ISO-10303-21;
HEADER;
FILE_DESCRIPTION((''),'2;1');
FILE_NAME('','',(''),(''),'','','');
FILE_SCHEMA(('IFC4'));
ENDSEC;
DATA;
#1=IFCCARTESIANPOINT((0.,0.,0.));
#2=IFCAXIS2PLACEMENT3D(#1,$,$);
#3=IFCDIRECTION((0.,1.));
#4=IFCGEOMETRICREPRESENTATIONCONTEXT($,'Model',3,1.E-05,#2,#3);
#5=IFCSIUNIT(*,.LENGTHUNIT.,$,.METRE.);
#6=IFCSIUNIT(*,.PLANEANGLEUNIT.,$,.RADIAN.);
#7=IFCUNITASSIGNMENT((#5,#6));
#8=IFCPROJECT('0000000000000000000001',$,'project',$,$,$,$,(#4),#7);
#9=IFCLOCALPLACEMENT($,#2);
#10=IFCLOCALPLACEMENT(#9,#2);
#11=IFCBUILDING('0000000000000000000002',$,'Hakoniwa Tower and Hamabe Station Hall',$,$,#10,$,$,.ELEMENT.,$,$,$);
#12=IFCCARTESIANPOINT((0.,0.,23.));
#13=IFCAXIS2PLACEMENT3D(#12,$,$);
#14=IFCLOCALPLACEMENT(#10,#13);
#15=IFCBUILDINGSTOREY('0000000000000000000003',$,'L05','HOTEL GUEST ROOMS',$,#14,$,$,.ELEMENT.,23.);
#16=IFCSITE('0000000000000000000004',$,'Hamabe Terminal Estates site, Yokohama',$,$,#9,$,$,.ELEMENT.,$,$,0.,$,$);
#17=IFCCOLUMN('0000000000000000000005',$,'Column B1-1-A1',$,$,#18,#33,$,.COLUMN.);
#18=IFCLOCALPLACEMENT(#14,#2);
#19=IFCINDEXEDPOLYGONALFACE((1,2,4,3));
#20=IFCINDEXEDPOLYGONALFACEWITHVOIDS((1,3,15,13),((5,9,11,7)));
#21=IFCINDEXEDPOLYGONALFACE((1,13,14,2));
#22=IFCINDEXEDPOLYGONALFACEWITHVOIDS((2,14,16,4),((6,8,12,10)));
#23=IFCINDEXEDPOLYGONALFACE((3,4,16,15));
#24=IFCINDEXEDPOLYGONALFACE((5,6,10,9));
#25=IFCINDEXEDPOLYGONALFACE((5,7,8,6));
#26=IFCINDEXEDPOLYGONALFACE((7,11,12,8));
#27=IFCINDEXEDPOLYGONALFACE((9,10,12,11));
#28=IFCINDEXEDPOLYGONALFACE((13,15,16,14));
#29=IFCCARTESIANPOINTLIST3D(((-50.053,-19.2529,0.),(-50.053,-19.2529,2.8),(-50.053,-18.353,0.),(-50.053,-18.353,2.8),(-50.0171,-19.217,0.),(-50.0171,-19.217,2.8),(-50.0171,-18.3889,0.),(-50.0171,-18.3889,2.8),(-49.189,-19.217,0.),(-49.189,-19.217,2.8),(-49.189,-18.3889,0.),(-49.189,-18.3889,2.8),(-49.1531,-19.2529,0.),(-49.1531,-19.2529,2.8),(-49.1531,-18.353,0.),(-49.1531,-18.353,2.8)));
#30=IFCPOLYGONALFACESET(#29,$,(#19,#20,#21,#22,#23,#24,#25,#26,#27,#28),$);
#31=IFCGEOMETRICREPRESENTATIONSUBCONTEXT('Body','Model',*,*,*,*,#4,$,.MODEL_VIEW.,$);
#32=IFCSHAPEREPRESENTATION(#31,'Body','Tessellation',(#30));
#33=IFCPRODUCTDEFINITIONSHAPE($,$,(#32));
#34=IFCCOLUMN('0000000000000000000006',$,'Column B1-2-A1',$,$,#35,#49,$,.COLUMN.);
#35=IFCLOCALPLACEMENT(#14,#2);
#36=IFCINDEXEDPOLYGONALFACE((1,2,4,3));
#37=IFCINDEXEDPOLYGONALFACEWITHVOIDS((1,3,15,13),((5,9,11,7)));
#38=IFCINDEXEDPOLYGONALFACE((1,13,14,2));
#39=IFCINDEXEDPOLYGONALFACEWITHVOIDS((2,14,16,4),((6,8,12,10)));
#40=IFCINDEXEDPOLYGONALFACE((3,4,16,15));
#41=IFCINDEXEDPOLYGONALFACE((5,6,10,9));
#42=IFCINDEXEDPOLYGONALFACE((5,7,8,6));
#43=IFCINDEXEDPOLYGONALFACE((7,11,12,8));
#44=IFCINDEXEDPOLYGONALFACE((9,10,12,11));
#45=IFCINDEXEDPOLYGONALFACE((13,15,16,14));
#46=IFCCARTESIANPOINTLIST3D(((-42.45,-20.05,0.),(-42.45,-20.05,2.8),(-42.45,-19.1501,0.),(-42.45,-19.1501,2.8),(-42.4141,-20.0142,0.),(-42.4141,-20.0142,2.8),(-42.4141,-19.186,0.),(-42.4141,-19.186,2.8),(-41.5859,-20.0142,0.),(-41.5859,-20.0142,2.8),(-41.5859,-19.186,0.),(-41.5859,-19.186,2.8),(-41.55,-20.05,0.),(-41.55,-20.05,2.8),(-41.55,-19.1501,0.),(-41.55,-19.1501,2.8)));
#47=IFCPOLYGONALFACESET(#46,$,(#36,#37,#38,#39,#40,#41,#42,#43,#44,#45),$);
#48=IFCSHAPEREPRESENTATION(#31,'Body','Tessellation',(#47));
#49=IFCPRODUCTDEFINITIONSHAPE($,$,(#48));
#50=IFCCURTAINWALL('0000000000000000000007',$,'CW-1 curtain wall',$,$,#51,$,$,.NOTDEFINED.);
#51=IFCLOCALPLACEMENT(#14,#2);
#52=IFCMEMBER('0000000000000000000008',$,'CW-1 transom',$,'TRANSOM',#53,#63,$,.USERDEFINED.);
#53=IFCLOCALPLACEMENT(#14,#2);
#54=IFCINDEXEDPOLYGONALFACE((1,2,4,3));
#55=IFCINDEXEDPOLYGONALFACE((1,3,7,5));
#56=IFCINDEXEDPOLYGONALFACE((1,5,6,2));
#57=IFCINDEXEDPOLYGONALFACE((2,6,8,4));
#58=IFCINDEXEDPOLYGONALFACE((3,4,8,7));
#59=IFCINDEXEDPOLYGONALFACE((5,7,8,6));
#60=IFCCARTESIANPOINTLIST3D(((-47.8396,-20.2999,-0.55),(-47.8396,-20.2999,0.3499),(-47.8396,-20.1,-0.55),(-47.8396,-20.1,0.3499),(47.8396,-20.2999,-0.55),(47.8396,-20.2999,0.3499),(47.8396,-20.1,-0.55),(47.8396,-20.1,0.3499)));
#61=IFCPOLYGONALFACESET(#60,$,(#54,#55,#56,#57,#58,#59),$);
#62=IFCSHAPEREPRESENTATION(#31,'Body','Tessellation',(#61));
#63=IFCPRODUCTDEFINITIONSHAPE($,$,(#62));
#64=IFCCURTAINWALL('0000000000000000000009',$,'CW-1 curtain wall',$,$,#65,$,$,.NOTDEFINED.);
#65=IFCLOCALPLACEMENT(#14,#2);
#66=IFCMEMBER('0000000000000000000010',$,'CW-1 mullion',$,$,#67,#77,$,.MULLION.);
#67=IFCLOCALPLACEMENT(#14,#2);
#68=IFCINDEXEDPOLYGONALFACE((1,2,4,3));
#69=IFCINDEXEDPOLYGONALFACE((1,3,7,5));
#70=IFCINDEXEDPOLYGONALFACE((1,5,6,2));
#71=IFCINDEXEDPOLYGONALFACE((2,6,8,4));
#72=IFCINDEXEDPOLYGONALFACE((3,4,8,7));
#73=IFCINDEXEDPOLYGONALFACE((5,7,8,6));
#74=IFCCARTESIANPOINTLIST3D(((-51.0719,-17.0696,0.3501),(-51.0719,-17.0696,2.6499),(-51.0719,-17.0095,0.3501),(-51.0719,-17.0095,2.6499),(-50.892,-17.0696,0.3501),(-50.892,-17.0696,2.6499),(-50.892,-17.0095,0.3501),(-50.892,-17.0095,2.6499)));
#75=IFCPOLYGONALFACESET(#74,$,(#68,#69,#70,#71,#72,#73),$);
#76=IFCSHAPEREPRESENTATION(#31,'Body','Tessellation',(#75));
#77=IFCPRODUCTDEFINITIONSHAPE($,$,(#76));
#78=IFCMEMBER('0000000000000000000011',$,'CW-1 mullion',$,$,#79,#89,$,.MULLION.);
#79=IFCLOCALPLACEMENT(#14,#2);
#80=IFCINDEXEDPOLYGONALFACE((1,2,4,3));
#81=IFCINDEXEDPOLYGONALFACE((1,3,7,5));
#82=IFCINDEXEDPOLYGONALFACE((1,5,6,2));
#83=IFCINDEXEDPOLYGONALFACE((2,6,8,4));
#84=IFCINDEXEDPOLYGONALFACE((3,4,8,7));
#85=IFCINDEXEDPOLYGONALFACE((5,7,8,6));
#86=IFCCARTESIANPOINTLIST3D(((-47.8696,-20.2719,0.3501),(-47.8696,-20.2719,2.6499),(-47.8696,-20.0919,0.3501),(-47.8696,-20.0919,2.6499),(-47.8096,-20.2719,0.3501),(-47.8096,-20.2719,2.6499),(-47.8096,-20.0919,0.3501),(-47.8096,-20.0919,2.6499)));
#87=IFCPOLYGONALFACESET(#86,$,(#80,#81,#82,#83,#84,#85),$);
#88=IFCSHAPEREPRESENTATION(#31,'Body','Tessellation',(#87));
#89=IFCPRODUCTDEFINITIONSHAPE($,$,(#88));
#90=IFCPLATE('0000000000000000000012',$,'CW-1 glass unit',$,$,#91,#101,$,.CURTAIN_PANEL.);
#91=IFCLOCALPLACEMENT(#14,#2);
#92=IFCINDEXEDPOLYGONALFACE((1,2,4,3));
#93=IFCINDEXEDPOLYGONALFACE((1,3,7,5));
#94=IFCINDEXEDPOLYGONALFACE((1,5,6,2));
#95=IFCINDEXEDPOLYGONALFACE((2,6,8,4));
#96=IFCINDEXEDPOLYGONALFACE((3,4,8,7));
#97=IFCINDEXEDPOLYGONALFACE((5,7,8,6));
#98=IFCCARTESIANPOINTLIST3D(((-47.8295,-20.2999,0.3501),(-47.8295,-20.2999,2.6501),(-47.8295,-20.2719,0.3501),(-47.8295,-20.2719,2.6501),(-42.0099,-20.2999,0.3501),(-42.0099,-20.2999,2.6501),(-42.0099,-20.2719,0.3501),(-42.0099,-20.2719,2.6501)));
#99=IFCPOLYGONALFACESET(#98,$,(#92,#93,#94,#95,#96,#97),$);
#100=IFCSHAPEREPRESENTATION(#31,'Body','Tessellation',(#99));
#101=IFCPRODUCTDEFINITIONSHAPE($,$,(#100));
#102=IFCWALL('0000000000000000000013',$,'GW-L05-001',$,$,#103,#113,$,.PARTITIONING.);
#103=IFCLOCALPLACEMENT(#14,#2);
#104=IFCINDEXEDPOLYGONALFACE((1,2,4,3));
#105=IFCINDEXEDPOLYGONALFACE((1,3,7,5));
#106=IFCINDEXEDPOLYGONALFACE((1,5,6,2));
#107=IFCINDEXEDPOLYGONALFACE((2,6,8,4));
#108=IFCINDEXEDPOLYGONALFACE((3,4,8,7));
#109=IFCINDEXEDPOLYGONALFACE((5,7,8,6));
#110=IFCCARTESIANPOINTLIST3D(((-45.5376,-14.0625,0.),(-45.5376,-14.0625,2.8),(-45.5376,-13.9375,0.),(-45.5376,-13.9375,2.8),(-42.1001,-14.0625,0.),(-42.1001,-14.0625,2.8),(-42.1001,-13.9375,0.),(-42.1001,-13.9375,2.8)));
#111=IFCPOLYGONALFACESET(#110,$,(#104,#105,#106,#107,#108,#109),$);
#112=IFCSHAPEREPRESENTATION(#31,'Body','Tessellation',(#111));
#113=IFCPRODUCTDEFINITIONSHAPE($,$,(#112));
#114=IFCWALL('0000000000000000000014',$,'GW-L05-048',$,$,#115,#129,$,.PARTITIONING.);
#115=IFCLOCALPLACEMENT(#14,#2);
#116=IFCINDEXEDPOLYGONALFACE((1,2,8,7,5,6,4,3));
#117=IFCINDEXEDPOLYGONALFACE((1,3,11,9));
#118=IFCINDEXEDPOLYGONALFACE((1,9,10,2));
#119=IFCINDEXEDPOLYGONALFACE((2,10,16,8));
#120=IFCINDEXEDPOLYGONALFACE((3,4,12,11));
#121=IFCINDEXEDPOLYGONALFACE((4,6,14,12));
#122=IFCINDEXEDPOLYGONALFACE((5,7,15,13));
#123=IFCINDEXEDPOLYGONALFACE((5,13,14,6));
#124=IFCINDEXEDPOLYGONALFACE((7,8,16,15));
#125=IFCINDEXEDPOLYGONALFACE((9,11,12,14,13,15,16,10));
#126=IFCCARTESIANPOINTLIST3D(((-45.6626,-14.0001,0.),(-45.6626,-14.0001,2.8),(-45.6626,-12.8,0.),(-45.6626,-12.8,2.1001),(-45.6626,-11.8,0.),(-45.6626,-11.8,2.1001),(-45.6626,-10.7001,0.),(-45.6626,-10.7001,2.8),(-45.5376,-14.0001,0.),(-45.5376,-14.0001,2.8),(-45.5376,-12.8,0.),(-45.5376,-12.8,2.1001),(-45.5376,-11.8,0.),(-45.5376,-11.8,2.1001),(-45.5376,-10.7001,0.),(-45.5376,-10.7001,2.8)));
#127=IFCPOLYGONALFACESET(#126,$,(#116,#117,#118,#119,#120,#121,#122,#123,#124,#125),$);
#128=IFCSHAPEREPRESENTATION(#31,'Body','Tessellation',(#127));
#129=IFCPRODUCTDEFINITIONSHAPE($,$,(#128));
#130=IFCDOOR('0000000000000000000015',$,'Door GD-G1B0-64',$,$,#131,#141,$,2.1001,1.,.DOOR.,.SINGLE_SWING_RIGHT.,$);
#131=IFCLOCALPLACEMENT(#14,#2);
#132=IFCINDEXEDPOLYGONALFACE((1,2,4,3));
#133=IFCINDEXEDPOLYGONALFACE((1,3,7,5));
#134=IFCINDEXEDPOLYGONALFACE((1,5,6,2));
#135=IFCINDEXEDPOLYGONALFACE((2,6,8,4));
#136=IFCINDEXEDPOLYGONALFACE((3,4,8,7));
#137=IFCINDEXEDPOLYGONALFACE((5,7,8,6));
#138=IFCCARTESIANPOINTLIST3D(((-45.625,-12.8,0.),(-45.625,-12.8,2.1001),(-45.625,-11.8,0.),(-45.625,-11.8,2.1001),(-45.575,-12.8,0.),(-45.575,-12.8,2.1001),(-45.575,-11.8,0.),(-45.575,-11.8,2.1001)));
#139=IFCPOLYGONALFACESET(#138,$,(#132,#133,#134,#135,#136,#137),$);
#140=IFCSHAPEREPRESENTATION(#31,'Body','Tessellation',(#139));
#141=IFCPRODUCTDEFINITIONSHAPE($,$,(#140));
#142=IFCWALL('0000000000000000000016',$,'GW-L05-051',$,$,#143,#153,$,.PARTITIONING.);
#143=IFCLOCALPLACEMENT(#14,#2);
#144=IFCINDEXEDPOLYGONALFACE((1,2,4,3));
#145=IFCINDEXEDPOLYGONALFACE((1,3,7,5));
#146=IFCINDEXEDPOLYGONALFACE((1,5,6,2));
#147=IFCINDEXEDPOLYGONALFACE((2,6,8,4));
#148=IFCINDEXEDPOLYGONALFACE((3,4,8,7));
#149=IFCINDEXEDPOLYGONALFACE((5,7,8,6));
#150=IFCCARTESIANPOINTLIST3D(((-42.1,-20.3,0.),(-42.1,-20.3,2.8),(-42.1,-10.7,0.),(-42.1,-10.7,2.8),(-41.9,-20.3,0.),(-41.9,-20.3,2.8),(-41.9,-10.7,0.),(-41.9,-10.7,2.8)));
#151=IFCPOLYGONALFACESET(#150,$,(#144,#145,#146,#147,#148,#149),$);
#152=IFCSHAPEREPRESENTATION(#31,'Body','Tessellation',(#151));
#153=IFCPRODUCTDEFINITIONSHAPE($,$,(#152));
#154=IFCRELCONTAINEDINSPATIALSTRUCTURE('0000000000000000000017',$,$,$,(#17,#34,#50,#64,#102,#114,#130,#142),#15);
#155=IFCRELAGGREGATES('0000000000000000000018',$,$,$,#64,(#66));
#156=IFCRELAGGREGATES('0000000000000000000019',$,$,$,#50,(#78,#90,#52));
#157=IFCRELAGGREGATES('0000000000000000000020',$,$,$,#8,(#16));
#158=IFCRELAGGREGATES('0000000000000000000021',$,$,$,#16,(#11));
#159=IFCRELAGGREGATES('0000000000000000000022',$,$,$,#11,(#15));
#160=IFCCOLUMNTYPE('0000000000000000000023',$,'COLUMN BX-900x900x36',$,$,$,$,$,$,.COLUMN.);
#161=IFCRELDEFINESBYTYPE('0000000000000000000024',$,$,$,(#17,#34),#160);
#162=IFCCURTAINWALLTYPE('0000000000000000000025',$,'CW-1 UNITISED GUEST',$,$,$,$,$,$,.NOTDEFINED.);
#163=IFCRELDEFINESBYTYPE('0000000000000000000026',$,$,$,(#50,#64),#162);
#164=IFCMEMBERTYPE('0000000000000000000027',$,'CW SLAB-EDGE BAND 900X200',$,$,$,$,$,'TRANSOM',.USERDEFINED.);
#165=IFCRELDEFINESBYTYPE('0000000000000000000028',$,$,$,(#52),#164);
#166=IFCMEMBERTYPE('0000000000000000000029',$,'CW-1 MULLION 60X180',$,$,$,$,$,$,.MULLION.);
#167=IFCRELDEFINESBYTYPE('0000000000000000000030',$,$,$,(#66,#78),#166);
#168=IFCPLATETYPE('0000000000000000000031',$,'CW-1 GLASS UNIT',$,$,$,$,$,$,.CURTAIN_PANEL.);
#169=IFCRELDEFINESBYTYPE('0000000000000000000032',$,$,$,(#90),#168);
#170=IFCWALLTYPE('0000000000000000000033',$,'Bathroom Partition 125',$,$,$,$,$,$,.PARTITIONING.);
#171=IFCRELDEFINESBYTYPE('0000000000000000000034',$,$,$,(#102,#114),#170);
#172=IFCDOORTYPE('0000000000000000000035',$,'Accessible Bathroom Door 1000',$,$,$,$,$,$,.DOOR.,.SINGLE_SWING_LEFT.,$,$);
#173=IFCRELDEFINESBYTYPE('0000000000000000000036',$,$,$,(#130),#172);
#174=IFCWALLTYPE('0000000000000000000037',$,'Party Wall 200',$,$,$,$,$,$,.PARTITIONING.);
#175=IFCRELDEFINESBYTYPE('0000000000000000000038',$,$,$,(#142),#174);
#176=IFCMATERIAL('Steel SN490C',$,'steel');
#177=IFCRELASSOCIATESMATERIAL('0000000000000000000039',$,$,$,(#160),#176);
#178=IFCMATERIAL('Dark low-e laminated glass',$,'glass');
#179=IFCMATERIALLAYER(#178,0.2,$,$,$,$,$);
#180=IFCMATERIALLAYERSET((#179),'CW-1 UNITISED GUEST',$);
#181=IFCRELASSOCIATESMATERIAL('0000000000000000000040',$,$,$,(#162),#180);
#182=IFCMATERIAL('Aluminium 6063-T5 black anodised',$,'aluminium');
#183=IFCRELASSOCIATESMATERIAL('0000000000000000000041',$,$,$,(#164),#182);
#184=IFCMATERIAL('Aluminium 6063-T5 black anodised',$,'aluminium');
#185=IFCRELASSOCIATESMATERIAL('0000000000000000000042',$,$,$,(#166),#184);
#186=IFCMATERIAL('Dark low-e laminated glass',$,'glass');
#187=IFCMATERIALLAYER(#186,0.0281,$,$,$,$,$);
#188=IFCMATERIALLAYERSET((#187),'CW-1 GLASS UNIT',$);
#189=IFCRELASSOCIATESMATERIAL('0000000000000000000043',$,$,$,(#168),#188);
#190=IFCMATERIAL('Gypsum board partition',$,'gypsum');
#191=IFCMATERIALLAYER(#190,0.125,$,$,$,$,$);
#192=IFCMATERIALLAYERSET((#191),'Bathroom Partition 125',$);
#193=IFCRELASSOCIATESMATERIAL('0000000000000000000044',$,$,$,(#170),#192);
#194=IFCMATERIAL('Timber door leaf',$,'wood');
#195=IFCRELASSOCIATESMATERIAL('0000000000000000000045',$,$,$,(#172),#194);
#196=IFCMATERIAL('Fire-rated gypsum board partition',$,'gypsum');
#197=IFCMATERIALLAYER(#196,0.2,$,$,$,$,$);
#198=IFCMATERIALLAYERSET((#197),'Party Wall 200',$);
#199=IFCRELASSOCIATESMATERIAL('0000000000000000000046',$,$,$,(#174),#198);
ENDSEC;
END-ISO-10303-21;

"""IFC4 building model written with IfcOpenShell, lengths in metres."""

from ifc_helpers import new_model, si_unit, direction, frame, frame_2d, origin, origin_2d, place, context, subcontext, project, spatial, rectangle, hollow_rectangle, extrude, material, layer, layer_set, material_profile, profile_set, type_object, element, fill, aggregate, save


model = new_model("IFC4")

# Units and contexts
model_context = context("Model", 3, precision=1e-05, world=origin(), true_north=direction((0.0, 1.0)))
body_context = subcontext(model_context, "Body", "Model", "MODEL_VIEW")
ifc_project = project(units=[si_unit("LENGTHUNIT", "METRE"), si_unit("PLANEANGLEUNIT", "RADIAN")], contexts=[model_context])

# Site, building, storey
site_placement = place(None, origin())
site = spatial("IfcSite", under=ifc_project, at=site_placement, Name="Hamabe Terminal Estates site, Yokohama", CompositionType="ELEMENT", RefElevation=0.0)
building_placement = place(site_placement, origin())
building = spatial("IfcBuilding", under=site, at=building_placement, Name="Hakoniwa Tower and Hamabe Station Hall", CompositionType="ELEMENT")
storey_placement = place(building_placement, frame((0.0, 0.0, 23.0)))
storey = spatial("IfcBuildingStorey", under=building, at=storey_placement, Name="L05", Description="HOTEL GUEST ROOMS", CompositionType="ELEMENT", Elevation=23.0)

# Columns
ifc_material_1 = material(Name="Steel SN490C", Category="steel")
ifc_material_profile_1 = material_profile(ifc_material_1, hollow_rectangle(XDim=0.8999, YDim=0.8999, WallThickness=0.0359, at=origin_2d()), Name="BX-900x900x36")
ifc_profile_set_1 = profile_set([ifc_material_profile_1], Name="Steel SN490C")
column_type = type_object("IfcColumnType", Name="COLUMN BX-900x900x36", PredefinedType="COLUMN", material=ifc_profile_set_1)
for number, where, z_axis, x_axis, name in (
    (1, (-49.603, -18.803, 0.0), (0.0, 0.0, 1.0), (1.0, 0.0, 0.0), "Column B1-1-A1"),
    (2, (-42.0, -19.6001, 0.0), (0.0, 0.0, 1.0), (1.0, 0.0, 0.0), "Column B1-2-A1"),
):
    element("IfcColumn", number, at=place(storey_placement, frame(where, z_axis=z_axis, x_axis=x_axis)), inside=storey, type_object=column_type, Name=name, PredefinedType="COLUMN", context=body_context, shape_type="SweptSolid", body=[
        extrude(hollow_rectangle(XDim=0.8999, YDim=0.8999, WallThickness=0.0359, at=origin_2d()), origin(), (0.0, 0.0, 1.0), 2.8),
    ])

# Curtain walls, members
ifc_material_2 = material(Name="Dark low-e laminated glass", Category="glass")
ifc_layer_1 = layer(ifc_material_2, 0.2)
ifc_layer_set_1 = layer_set([ifc_layer_1], Name="CW-1 UNITISED GUEST")
curtain_wall_type = type_object("IfcCurtainWallType", Name="CW-1 UNITISED GUEST", PredefinedType="NOTDEFINED", material=ifc_layer_set_1)
curtain_wall_1_placement = place(storey_placement, origin())
curtain_wall_1 = element("IfcCurtainWall", 3, at=curtain_wall_1_placement, inside=storey, type_object=curtain_wall_type, Name="CW-1 curtain wall", PredefinedType="NOTDEFINED")
ifc_material_3 = material(Name="Aluminium 6063-T5 black anodised", Category="aluminium")
ifc_material_profile_2 = material_profile(ifc_material_3, rectangle(XDim=0.2, YDim=0.8999, at=origin_2d()), Name="CW SLAB-EDGE BAND 900X200")
ifc_profile_set_2 = profile_set([ifc_material_profile_2], Name="Aluminium 6063-T5 black anodised")
member_type_1 = type_object("IfcMemberType", Name="CW SLAB-EDGE BAND 900X200", ElementType="TRANSOM", PredefinedType="USERDEFINED", material=ifc_profile_set_2)
member_1_placement = place(storey_placement, frame((-47.8396, -20.2, -0.1001), z_axis=(1.0, 0.0, 0.0), x_axis=(0.0, 1.0, 0.0)))
member_1 = element("IfcMember", 4, at=member_1_placement, type_object=member_type_1, Name="CW-1 transom", ObjectType="TRANSOM", PredefinedType="USERDEFINED", context=body_context, shape_type="SweptSolid", body=[
    extrude(rectangle(XDim=0.2, YDim=0.8999, at=origin_2d()), origin(), (0.0, 0.0, 1.0), 95.6792),
])
curtain_wall_2_placement = place(storey_placement, origin())
curtain_wall_2 = element("IfcCurtainWall", 5, at=curtain_wall_2_placement, inside=storey, type_object=curtain_wall_type, Name="CW-1 curtain wall", PredefinedType="NOTDEFINED")
ifc_material_4 = material(Name="Aluminium 6063-T5 black anodised", Category="aluminium")
ifc_material_profile_3 = material_profile(ifc_material_4, rectangle(XDim=0.0601, YDim=0.1799, at=origin_2d()), Name="CW-1 MULLION 60X180")
ifc_profile_set_3 = profile_set([ifc_material_profile_3], Name="Aluminium 6063-T5 black anodised")
member_type_2 = type_object("IfcMemberType", Name="CW-1 MULLION 60X180", PredefinedType="MULLION", material=ifc_profile_set_3)
member_2_placement = place(storey_placement, frame((-50.9819, -17.0396, 0.3501), z_axis=(0.0, 0.0, 1.0), x_axis=(0.0, -1.0, 0.0)))
member_2 = element("IfcMember", 6, at=member_2_placement, type_object=member_type_2, Name="CW-1 mullion", PredefinedType="MULLION", context=body_context, shape_type="SweptSolid", body=[
    extrude(rectangle(XDim=0.0601, YDim=0.1799, at=origin_2d()), origin(), (0.0, 0.0, 1.0), 2.2998),
])
aggregate(curtain_wall_2, [member_2])

# Member
member_3_placement = place(storey_placement, frame((-47.8396, -20.1819, 0.3501), z_axis=(0.0, 0.0, 1.0), x_axis=(1.0, 0.0, 0.0)))
member_3 = element("IfcMember", 7, at=member_3_placement, type_object=member_type_2, Name="CW-1 mullion", PredefinedType="MULLION", context=body_context, shape_type="SweptSolid", body=[
    extrude(rectangle(XDim=0.0601, YDim=0.1799, at=origin_2d()), origin(), (0.0, 0.0, 1.0), 2.2998),
])

# Plate
ifc_material_5 = material(Name="Dark low-e laminated glass", Category="glass")
ifc_layer_2 = layer(ifc_material_5, 0.0281)
ifc_layer_set_2 = layer_set([ifc_layer_2], Name="CW-1 GLASS UNIT")
plate_type = type_object("IfcPlateType", Name="CW-1 GLASS UNIT", PredefinedType="CURTAIN_PANEL", material=ifc_layer_set_2)
plate_placement = place(storey_placement, frame((-44.9197, -20.2859, 0.3501), z_axis=(0.0, 0.0, 1.0), x_axis=(1.0, 0.0, 0.0)))
plate = element("IfcPlate", 8, at=plate_placement, type_object=plate_type, Name="CW-1 glass unit", PredefinedType="CURTAIN_PANEL", context=body_context, shape_type="SweptSolid", body=[
    extrude(rectangle(XDim=5.8196, YDim=0.0281, at=origin_2d()), origin(), (0.0, 0.0, 1.0), 2.3),
])
aggregate(curtain_wall_1, [member_3, plate, member_1])

# Wall
ifc_material_6 = material(Name="Gypsum board partition", Category="gypsum")
ifc_layer_3 = layer(ifc_material_6, 0.125)
ifc_layer_set_3 = layer_set([ifc_layer_3], Name="Bathroom Partition 125")
wall_type_1 = type_object("IfcWallType", Name="Bathroom Partition 125", PredefinedType="PARTITIONING", material=ifc_layer_set_3)
wall_1_placement = place(storey_placement, frame((-45.5376, -14.0, 0.0), z_axis=(0.0, 0.0, 1.0), x_axis=(1.0, 0.0, 0.0)))
element("IfcWall", 9, at=wall_1_placement, inside=storey, type_object=wall_type_1, Name="GW-L05-001", PredefinedType="PARTITIONING", context=body_context, shape_type="SweptSolid", body=[
    extrude(rectangle(XDim=3.4375, YDim=0.125, at=frame_2d((1.7188, 0.0))), origin(), (0.0, 0.0, 1.0), 2.8),
])

# Wall, opening, door
wall_2_placement = place(storey_placement, frame((-45.6001, -14.0, 0.0), z_axis=(0.0, 0.0, 1.0), x_axis=(0.0, 1.0, 0.0)))
wall_2 = element("IfcWall", 10, at=wall_2_placement, inside=storey, type_object=wall_type_1, Name="GW-L05-048", PredefinedType="PARTITIONING", context=body_context, shape_type="SweptSolid", body=[
    extrude(rectangle(XDim=3.3, YDim=0.125, at=frame_2d((1.6499, 0.0))), origin(), (0.0, 0.0, 1.0), 2.8),
])
opening_placement = place(wall_2_placement, frame((1.2, 0.0, 0.0)))
opening = element("IfcOpeningElement", 11, at=opening_placement, cuts=wall_2, PredefinedType="OPENING", context=body_context, shape_type="SweptSolid", body=[
    extrude(rectangle(XDim=1.0, YDim=2.1001, at=frame_2d((0.5, 1.05))), frame((0.0, 0.0725, 0.0), z_axis=(0.0, -1.0, 0.0), x_axis=(1.0, 0.0, 0.0)), (0.0, 0.0, 1.0), 0.145),
])
ifc_material_7 = material(Name="Timber door leaf", Category="wood")
door_type = type_object("IfcDoorType", Name="Accessible Bathroom Door 1000", OperationType="SINGLE_SWING_LEFT", PredefinedType="DOOR", material=ifc_material_7)
door_placement = place(opening_placement, origin())
door = element("IfcDoor", 12, at=door_placement, inside=storey, type_object=door_type, Name="Door GD-G1B0-64", OperationType="SINGLE_SWING_RIGHT", OverallHeight=2.1001, OverallWidth=1.0, PredefinedType="DOOR", context=body_context, shape_type="SweptSolid", body=[
    extrude(rectangle(XDim=1.0, YDim=2.1001, at=frame_2d((0.5, 1.05))), frame((0.0, 0.0249, 0.0), z_axis=(0.0, -1.0, 0.0), x_axis=(1.0, 0.0, 0.0)), (0.0, 0.0, 1.0), 0.05),
])
fill(opening, door)

# Wall
ifc_material_8 = material(Name="Fire-rated gypsum board partition", Category="gypsum")
ifc_layer_4 = layer(ifc_material_8, 0.2)
ifc_layer_set_4 = layer_set([ifc_layer_4], Name="Party Wall 200")
wall_type_2 = type_object("IfcWallType", Name="Party Wall 200", PredefinedType="PARTITIONING", material=ifc_layer_set_4)
wall_3_placement = place(storey_placement, frame((-42.0, -20.3, 0.0), z_axis=(0.0, 0.0, 1.0), x_axis=(0.0, 1.0, 0.0)))
element("IfcWall", 13, at=wall_3_placement, inside=storey, type_object=wall_type_2, Name="GW-L05-051", PredefinedType="PARTITIONING", context=body_context, shape_type="SweptSolid", body=[
    extrude(rectangle(XDim=9.6001, YDim=0.2, at=frame_2d((4.8, 0.0))), origin(), (0.0, 0.0, 1.0), 2.8),
])

save(model, "model.ifc")
